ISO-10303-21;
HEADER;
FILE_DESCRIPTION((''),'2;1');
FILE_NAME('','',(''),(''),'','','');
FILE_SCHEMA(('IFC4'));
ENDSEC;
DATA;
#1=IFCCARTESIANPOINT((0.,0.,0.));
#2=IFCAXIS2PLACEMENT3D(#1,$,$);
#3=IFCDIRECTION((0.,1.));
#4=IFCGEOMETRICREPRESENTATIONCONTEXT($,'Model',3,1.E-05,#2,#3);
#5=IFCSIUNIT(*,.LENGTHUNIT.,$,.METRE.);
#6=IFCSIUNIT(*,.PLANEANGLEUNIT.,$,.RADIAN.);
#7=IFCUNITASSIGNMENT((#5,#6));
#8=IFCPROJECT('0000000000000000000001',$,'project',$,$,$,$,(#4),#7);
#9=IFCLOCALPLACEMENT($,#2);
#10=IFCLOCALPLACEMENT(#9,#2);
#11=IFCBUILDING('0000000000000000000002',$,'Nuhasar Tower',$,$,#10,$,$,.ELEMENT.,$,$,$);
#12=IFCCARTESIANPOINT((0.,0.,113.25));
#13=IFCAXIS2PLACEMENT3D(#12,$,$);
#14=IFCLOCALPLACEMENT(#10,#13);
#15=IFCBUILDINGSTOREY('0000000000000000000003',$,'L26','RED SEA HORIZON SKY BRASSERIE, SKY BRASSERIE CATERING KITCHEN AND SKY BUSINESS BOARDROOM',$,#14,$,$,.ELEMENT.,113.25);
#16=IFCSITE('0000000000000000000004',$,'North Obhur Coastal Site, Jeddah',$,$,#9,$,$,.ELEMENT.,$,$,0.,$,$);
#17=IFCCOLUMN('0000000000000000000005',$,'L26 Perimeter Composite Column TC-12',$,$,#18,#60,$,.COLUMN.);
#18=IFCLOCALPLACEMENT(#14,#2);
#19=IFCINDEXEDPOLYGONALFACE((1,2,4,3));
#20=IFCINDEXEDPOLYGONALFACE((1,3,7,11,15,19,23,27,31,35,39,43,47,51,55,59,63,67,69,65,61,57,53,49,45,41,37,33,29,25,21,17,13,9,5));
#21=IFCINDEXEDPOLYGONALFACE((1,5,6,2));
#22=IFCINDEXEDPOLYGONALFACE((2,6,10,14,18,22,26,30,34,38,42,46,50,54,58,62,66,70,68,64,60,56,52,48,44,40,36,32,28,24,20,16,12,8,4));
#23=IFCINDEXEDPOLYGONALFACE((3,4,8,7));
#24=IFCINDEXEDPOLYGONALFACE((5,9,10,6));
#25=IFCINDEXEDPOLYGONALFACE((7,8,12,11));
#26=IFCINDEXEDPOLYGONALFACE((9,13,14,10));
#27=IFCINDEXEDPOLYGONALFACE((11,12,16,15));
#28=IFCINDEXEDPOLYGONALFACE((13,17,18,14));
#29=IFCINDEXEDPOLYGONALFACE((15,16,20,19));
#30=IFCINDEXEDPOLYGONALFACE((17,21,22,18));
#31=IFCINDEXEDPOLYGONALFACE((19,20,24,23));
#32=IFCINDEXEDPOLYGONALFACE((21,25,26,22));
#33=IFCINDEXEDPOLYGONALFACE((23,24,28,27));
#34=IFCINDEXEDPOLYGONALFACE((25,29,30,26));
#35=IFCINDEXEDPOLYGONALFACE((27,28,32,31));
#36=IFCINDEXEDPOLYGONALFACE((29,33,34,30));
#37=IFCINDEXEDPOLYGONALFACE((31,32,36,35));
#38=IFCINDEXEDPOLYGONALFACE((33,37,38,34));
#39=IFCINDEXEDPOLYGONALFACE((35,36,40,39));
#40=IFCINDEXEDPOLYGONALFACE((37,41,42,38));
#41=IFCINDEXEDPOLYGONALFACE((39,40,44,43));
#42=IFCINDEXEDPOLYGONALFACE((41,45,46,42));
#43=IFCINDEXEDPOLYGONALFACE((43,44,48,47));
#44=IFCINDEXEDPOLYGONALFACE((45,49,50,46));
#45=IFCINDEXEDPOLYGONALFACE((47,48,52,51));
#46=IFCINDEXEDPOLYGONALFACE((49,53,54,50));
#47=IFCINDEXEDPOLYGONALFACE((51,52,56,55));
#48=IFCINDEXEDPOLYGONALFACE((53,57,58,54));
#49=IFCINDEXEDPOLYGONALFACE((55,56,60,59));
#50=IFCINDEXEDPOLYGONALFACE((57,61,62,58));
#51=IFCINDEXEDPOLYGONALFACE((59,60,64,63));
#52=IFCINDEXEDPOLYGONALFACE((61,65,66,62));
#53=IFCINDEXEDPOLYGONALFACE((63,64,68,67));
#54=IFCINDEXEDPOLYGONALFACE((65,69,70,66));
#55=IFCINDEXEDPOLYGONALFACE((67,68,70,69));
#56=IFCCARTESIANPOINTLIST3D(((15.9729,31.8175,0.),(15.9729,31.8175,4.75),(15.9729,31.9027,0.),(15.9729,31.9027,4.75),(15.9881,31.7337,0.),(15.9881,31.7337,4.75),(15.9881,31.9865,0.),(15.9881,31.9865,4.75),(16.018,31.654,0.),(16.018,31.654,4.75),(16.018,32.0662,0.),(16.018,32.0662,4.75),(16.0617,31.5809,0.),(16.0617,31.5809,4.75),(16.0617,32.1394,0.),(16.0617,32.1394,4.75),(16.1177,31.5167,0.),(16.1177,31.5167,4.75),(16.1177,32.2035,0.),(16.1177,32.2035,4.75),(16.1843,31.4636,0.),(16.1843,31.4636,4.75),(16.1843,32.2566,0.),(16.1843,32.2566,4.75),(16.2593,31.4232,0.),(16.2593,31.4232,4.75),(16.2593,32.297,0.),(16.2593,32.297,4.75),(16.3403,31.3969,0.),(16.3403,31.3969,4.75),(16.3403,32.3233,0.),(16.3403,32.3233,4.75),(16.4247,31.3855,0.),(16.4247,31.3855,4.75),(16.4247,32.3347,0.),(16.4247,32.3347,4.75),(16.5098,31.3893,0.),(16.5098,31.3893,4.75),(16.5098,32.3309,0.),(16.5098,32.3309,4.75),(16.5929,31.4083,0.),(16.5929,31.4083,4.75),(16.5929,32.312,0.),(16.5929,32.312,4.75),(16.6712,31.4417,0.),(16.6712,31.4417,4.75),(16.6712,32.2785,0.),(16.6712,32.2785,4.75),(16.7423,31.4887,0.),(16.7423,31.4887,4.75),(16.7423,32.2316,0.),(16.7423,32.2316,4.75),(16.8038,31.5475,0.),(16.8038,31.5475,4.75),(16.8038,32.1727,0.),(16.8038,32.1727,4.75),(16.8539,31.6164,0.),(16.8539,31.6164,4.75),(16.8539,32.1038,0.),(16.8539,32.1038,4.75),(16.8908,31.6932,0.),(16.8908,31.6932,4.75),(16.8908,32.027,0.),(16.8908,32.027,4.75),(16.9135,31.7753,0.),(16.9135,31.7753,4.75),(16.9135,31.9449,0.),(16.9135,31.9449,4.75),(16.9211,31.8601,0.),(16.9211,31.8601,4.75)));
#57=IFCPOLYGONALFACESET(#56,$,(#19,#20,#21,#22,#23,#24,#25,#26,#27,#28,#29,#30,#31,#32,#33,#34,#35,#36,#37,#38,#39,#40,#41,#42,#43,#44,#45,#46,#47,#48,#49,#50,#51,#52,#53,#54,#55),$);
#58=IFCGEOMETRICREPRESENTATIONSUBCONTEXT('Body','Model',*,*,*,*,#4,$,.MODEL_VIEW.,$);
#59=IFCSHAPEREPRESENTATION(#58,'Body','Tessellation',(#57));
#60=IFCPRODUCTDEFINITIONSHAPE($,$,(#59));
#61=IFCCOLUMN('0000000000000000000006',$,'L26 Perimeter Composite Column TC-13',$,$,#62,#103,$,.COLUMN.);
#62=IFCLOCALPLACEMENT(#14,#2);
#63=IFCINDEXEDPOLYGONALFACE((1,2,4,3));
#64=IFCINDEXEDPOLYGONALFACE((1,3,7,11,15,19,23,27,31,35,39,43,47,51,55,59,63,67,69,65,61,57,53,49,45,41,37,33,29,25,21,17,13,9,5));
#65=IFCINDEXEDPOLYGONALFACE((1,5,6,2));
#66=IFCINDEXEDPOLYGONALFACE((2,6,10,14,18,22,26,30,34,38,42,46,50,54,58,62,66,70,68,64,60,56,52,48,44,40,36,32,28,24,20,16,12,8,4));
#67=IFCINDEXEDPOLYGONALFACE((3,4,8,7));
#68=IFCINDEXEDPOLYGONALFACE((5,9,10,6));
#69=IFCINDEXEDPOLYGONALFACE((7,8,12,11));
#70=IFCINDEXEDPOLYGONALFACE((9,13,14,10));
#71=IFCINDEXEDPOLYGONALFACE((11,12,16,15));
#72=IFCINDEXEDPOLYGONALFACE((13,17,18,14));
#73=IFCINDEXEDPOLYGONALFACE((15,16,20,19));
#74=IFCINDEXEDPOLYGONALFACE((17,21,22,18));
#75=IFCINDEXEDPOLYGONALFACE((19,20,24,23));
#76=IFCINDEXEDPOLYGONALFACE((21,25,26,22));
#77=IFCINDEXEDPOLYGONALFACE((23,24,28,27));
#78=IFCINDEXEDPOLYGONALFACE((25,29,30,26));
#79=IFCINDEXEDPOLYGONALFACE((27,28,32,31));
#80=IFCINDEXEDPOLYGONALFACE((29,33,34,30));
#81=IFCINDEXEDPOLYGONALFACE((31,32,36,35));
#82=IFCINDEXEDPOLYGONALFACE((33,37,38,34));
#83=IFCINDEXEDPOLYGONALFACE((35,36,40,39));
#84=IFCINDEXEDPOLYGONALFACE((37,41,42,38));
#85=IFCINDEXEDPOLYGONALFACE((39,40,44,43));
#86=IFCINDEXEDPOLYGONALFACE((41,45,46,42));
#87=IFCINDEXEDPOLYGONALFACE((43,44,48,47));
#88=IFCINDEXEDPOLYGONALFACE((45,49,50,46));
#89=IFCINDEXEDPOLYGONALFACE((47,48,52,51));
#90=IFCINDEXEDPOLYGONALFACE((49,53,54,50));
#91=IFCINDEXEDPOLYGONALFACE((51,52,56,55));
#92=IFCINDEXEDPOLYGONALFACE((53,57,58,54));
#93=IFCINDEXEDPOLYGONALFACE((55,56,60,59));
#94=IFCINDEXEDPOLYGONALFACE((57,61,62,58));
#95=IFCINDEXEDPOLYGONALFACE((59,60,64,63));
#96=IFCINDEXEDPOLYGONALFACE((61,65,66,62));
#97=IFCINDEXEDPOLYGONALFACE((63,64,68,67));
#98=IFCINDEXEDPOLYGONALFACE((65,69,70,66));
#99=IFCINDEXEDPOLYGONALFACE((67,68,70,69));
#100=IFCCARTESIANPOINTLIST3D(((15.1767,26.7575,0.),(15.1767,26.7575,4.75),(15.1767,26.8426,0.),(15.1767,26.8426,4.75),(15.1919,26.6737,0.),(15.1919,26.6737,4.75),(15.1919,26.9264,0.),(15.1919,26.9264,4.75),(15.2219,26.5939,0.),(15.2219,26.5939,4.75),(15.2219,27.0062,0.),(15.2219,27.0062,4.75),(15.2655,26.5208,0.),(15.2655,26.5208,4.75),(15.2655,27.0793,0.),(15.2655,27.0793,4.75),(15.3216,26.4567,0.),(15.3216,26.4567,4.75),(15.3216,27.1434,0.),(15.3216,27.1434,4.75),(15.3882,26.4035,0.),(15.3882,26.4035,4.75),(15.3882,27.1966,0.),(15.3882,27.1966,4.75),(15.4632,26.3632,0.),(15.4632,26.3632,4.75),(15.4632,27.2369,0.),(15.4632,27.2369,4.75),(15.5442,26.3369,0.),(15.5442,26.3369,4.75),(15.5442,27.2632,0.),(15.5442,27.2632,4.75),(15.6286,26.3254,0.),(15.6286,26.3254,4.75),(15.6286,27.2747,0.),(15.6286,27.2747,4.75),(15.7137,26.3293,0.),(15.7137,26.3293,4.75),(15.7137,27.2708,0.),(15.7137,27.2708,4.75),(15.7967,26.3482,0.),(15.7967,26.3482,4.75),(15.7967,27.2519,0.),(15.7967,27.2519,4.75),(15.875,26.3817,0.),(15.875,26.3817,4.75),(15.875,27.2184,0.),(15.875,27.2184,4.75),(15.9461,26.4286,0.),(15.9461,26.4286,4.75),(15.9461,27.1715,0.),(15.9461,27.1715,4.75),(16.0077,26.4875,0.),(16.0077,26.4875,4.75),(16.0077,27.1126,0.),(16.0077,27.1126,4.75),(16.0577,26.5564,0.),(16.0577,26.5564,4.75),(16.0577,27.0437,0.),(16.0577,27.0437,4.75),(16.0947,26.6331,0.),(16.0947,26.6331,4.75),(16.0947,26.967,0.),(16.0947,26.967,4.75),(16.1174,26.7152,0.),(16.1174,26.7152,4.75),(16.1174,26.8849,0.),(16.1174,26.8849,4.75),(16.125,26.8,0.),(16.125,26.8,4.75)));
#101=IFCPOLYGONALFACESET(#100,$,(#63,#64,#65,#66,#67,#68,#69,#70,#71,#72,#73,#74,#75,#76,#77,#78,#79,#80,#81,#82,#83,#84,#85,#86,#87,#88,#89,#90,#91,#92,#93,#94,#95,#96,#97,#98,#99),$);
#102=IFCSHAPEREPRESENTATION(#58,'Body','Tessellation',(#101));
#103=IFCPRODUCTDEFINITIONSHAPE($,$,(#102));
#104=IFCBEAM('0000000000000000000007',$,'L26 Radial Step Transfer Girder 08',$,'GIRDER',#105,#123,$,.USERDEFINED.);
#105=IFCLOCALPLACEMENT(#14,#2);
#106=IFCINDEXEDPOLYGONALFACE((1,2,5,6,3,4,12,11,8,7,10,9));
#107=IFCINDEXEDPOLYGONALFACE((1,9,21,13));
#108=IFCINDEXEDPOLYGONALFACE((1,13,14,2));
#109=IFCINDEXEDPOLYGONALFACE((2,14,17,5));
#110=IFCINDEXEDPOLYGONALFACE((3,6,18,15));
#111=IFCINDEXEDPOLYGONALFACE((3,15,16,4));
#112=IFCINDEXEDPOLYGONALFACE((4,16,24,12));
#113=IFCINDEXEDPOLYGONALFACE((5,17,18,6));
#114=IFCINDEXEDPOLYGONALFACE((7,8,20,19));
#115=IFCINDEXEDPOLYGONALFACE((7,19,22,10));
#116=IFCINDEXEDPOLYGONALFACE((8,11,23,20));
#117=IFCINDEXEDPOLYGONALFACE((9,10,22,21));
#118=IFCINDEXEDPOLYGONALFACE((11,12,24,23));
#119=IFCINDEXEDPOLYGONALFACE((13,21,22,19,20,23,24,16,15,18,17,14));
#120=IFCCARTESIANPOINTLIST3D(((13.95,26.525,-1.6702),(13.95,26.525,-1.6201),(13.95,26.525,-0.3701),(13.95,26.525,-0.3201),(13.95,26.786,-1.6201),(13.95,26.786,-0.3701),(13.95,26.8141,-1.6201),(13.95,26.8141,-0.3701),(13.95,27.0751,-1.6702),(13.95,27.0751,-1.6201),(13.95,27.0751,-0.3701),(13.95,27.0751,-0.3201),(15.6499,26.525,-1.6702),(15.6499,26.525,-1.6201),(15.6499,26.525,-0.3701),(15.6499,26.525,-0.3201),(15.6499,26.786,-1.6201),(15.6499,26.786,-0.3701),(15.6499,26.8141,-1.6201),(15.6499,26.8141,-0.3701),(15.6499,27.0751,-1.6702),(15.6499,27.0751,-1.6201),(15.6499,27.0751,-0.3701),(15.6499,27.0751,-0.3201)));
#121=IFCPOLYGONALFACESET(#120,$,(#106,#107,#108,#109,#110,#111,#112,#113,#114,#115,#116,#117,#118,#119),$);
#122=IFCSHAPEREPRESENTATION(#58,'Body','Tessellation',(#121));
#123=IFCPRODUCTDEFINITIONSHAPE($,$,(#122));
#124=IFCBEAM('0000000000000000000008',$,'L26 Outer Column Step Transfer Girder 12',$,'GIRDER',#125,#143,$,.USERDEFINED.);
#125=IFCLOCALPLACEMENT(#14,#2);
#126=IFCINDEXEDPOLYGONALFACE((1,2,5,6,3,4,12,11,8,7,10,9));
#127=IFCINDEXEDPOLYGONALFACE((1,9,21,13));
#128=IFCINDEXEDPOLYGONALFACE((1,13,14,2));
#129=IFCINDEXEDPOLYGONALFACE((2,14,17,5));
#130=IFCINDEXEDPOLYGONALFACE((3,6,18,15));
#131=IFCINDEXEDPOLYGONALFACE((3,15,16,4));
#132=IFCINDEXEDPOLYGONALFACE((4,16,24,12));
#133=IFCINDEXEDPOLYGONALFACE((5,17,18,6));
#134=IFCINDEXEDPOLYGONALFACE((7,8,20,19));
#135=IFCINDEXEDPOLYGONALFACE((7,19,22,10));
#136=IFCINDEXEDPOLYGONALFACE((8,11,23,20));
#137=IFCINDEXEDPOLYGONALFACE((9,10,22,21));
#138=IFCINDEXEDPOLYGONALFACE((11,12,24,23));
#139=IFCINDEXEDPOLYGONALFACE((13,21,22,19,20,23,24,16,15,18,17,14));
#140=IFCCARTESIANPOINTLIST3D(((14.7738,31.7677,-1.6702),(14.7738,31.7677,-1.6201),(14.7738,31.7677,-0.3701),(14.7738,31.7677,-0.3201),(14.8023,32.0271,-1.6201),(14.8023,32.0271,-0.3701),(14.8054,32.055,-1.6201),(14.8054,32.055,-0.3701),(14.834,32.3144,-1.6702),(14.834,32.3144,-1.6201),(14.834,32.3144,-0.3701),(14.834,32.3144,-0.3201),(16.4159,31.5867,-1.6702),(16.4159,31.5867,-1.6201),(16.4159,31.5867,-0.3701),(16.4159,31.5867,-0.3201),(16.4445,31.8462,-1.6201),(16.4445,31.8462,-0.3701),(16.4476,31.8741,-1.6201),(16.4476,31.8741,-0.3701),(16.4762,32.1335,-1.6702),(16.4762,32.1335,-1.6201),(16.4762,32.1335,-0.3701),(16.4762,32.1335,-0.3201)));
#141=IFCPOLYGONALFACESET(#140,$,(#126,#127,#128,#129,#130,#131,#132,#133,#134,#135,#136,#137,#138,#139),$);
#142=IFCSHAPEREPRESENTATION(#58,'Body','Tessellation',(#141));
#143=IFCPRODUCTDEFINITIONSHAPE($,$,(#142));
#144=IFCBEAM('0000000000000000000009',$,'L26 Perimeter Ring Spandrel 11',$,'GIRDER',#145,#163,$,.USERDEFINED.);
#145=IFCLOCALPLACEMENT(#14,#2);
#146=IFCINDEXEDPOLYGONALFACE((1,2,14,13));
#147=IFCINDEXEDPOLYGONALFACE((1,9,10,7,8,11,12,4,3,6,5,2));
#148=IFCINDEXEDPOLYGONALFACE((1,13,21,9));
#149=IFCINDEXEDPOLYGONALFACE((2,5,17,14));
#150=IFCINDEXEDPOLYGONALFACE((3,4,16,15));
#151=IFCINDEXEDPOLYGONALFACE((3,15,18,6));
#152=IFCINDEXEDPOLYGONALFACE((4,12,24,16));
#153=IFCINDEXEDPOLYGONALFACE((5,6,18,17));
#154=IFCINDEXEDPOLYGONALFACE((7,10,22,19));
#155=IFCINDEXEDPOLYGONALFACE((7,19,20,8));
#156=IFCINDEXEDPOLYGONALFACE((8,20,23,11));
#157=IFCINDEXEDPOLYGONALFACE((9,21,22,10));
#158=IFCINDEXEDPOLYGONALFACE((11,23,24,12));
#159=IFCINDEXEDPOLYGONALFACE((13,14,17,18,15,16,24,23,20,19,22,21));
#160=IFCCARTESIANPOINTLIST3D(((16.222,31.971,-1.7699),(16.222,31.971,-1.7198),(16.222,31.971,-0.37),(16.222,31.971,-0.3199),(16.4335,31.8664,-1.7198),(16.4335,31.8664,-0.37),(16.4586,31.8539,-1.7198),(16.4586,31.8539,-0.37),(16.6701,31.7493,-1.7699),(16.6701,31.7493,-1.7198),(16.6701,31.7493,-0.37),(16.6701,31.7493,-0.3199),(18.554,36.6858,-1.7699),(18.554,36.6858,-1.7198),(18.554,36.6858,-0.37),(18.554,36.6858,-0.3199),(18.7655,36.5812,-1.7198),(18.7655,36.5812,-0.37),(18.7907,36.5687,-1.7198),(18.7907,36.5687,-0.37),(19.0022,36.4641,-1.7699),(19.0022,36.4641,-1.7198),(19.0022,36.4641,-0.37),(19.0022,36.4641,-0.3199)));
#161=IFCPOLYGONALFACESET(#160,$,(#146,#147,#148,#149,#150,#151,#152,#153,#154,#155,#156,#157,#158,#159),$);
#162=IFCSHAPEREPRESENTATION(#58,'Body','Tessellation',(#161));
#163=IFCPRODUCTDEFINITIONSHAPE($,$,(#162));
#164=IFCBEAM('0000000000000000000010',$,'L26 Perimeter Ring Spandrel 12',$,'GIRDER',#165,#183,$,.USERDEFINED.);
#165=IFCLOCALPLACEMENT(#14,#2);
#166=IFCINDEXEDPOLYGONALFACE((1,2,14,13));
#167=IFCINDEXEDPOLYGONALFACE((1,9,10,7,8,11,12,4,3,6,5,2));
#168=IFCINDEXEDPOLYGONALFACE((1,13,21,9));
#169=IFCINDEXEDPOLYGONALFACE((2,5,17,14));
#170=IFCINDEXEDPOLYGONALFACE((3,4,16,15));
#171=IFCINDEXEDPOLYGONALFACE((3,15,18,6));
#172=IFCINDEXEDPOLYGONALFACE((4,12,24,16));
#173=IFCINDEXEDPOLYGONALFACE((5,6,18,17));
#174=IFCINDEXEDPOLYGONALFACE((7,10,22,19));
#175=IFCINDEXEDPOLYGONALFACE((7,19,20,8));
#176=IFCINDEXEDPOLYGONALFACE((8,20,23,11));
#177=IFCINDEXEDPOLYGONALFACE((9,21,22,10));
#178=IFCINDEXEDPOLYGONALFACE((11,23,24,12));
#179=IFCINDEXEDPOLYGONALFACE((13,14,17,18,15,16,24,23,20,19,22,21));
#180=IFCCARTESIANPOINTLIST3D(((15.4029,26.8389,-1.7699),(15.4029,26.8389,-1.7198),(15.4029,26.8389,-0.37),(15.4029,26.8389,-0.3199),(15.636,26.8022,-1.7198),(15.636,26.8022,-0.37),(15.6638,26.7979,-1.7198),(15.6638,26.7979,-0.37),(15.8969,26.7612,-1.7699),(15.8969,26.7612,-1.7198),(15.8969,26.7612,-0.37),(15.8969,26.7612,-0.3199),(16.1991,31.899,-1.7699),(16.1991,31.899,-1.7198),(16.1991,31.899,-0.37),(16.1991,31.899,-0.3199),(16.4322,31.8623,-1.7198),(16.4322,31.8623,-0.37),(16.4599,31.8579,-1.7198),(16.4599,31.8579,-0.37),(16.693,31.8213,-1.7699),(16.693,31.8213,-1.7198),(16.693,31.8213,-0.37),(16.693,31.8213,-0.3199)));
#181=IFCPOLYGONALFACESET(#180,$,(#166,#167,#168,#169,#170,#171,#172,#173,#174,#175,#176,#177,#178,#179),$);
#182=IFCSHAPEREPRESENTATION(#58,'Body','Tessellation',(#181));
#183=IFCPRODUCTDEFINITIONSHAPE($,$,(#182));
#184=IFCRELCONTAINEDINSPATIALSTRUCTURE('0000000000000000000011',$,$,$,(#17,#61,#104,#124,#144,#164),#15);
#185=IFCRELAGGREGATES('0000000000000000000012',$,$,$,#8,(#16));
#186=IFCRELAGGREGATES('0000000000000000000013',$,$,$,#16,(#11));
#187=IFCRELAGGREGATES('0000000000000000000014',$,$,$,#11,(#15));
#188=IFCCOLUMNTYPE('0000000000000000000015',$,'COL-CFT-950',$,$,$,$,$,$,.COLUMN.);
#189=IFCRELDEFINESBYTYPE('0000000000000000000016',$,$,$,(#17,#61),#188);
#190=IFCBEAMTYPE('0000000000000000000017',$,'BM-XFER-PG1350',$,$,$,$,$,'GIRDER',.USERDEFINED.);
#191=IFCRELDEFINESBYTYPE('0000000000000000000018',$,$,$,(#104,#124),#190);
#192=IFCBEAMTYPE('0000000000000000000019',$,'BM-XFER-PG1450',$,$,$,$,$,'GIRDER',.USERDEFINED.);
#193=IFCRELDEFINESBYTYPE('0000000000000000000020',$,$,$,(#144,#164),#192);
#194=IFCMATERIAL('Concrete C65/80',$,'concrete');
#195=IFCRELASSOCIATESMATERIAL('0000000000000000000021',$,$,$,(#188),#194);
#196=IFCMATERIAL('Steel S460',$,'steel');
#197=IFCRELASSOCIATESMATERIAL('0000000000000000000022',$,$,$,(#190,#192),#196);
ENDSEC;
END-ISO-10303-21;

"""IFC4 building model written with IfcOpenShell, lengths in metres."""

from ifc_helpers import new_model, si_unit, direction, frame, origin, origin_2d, place, context, subcontext, project, spatial, circle, i_section, extrude, material, material_profile, profile_set, type_object, element, save


model = new_model("IFC4")

# Units and contexts
model_context = context("Model", 3, precision=1e-05, world=origin(), true_north=direction((0.0, 1.0)))
body_context = subcontext(model_context, "Body", "Model", "MODEL_VIEW")
ifc_project = project(units=[si_unit("LENGTHUNIT", "METRE"), si_unit("PLANEANGLEUNIT", "RADIAN")], contexts=[model_context])

# Site, building, storey
site_placement = place(None, origin())
site = spatial("IfcSite", under=ifc_project, at=site_placement, Name="North Obhur Coastal Site, Jeddah", CompositionType="ELEMENT", RefElevation=0.0)
building_placement = place(site_placement, origin())
building = spatial("IfcBuilding", under=site, at=building_placement, Name="Nuhasar Tower", CompositionType="ELEMENT")
storey_placement = place(building_placement, frame((0.0, 0.0, 113.25)))
storey = spatial("IfcBuildingStorey", under=building, at=storey_placement, Name="L26", Description="RED SEA HORIZON SKY BRASSERIE, SKY BRASSERIE CATERING KITCHEN AND SKY BUSINESS BOARDROOM", CompositionType="ELEMENT", Elevation=113.25)

# Columns
ifc_material_1 = material(Name="Concrete C65/80", Category="concrete")
ifc_material_profile_1 = material_profile(ifc_material_1, circle(Radius=0.4751, at=origin_2d()), Name="CFT950")
ifc_profile_set_1 = profile_set([ifc_material_profile_1], Name="Concrete C65/80")
column_type = type_object("IfcColumnType", Name="COL-CFT-950", PredefinedType="COLUMN", material=ifc_profile_set_1)
for number, where, z_axis, x_axis, name in (
    (1, (16.446, 31.8601, 0.0), (0.0, 0.0, 1.0), (1.0, 0.0, 0.0), "L26 Perimeter Composite Column TC-12"),
    (2, (15.6499, 26.8, 0.0), (0.0, 0.0, 1.0), (1.0, 0.0, 0.0), "L26 Perimeter Composite Column TC-13"),
):
    element("IfcColumn", number, at=place(storey_placement, frame(where, z_axis=z_axis, x_axis=x_axis)), inside=storey, type_object=column_type, Name=name, PredefinedType="COLUMN", context=body_context, shape_type="SweptSolid", body=[
        extrude(circle(Radius=0.4751, at=origin_2d()), origin(), (0.0, 0.0, 1.0), 4.75),
    ])

# Beams
ifc_material_2 = material(Name="Steel S460", Category="steel")
ifc_material_profile_2 = material_profile(ifc_material_2, i_section(OverallWidth=0.55, OverallDepth=1.3501, WebThickness=0.0281, FlangeThickness=0.05, at=origin_2d()), Name="PG1350X550")
ifc_profile_set_2 = profile_set([ifc_material_profile_2], Name="Steel S460")
beam_type_1 = type_object("IfcBeamType", Name="BM-XFER-PG1350", ElementType="GIRDER", PredefinedType="USERDEFINED", material=ifc_profile_set_2)
beam_1_placement = place(storey_placement, frame((15.6499, 26.8, -0.9951), z_axis=(-1.0, 0.0, 0.0), x_axis=(0.0, -1.0, 0.0)))
element("IfcBeam", 3, at=beam_1_placement, inside=storey, type_object=beam_type_1, Name="L26 Radial Step Transfer Girder 08", ObjectType="GIRDER", PredefinedType="USERDEFINED", context=body_context, shape_type="SweptSolid", body=[
    extrude(i_section(OverallWidth=0.55, OverallDepth=1.3501, WebThickness=0.0281, FlangeThickness=0.05, at=origin_2d()), origin(), (0.0, 0.0, 1.0), 1.7),
])
beam_2_placement = place(storey_placement, frame((16.446, 31.8601, -0.9951), z_axis=(-0.993986, 0.109507, 0.0), x_axis=(-0.109507, -0.993986, 0.0)))
element("IfcBeam", 4, at=beam_2_placement, inside=storey, type_object=beam_type_1, Name="L26 Outer Column Step Transfer Girder 12", ObjectType="GIRDER", PredefinedType="USERDEFINED", context=body_context, shape_type="SweptSolid", body=[
    extrude(i_section(OverallWidth=0.55, OverallDepth=1.3501, WebThickness=0.0281, FlangeThickness=0.05, at=origin_2d()), origin(), (0.0, 0.0, 1.0), 1.6521),
])
ifc_material_profile_3 = material_profile(ifc_material_2, i_section(OverallWidth=0.5, OverallDepth=1.45, WebThickness=0.0281, FlangeThickness=0.05, at=origin_2d()), Name="PG1450X500")
ifc_profile_set_3 = profile_set([ifc_material_profile_3], Name="Steel S460")
beam_type_2 = type_object("IfcBeamType", Name="BM-XFER-PG1450", ElementType="GIRDER", PredefinedType="USERDEFINED", material=ifc_profile_set_3)
beam_3_placement = place(storey_placement, frame((18.7781, 36.575, -1.0449), z_axis=(-0.443348, -0.89635, 0.0), x_axis=(0.89635, -0.443348, 0.0)))
element("IfcBeam", 5, at=beam_3_placement, inside=storey, type_object=beam_type_2, Name="L26 Perimeter Ring Spandrel 11", ObjectType="GIRDER", PredefinedType="USERDEFINED", context=body_context, shape_type="SweptSolid", body=[
    extrude(i_section(OverallWidth=0.5, OverallDepth=1.45, WebThickness=0.0281, FlangeThickness=0.05, at=origin_2d()), origin(), (0.0, 0.0, 1.0), 5.26),
])
for number, where, z_axis, x_axis, name in (
    (6, (16.446, 31.8601, -1.0449), (-0.155427, -0.987847, 0.0), (0.987847, -0.155427, 0.0), "L26 Perimeter Ring Spandrel 12"),
):
    element("IfcBeam", number, at=place(storey_placement, frame(where, z_axis=z_axis, x_axis=x_axis)), inside=storey, type_object=beam_type_2, Name=name, ObjectType="GIRDER", PredefinedType="USERDEFINED", context=body_context, shape_type="SweptSolid", body=[
        extrude(i_section(OverallWidth=0.5, OverallDepth=1.45, WebThickness=0.0281, FlangeThickness=0.05, at=origin_2d()), origin(), (0.0, 0.0, 1.0), 5.1223),
    ])

save(model, "model.ifc")
